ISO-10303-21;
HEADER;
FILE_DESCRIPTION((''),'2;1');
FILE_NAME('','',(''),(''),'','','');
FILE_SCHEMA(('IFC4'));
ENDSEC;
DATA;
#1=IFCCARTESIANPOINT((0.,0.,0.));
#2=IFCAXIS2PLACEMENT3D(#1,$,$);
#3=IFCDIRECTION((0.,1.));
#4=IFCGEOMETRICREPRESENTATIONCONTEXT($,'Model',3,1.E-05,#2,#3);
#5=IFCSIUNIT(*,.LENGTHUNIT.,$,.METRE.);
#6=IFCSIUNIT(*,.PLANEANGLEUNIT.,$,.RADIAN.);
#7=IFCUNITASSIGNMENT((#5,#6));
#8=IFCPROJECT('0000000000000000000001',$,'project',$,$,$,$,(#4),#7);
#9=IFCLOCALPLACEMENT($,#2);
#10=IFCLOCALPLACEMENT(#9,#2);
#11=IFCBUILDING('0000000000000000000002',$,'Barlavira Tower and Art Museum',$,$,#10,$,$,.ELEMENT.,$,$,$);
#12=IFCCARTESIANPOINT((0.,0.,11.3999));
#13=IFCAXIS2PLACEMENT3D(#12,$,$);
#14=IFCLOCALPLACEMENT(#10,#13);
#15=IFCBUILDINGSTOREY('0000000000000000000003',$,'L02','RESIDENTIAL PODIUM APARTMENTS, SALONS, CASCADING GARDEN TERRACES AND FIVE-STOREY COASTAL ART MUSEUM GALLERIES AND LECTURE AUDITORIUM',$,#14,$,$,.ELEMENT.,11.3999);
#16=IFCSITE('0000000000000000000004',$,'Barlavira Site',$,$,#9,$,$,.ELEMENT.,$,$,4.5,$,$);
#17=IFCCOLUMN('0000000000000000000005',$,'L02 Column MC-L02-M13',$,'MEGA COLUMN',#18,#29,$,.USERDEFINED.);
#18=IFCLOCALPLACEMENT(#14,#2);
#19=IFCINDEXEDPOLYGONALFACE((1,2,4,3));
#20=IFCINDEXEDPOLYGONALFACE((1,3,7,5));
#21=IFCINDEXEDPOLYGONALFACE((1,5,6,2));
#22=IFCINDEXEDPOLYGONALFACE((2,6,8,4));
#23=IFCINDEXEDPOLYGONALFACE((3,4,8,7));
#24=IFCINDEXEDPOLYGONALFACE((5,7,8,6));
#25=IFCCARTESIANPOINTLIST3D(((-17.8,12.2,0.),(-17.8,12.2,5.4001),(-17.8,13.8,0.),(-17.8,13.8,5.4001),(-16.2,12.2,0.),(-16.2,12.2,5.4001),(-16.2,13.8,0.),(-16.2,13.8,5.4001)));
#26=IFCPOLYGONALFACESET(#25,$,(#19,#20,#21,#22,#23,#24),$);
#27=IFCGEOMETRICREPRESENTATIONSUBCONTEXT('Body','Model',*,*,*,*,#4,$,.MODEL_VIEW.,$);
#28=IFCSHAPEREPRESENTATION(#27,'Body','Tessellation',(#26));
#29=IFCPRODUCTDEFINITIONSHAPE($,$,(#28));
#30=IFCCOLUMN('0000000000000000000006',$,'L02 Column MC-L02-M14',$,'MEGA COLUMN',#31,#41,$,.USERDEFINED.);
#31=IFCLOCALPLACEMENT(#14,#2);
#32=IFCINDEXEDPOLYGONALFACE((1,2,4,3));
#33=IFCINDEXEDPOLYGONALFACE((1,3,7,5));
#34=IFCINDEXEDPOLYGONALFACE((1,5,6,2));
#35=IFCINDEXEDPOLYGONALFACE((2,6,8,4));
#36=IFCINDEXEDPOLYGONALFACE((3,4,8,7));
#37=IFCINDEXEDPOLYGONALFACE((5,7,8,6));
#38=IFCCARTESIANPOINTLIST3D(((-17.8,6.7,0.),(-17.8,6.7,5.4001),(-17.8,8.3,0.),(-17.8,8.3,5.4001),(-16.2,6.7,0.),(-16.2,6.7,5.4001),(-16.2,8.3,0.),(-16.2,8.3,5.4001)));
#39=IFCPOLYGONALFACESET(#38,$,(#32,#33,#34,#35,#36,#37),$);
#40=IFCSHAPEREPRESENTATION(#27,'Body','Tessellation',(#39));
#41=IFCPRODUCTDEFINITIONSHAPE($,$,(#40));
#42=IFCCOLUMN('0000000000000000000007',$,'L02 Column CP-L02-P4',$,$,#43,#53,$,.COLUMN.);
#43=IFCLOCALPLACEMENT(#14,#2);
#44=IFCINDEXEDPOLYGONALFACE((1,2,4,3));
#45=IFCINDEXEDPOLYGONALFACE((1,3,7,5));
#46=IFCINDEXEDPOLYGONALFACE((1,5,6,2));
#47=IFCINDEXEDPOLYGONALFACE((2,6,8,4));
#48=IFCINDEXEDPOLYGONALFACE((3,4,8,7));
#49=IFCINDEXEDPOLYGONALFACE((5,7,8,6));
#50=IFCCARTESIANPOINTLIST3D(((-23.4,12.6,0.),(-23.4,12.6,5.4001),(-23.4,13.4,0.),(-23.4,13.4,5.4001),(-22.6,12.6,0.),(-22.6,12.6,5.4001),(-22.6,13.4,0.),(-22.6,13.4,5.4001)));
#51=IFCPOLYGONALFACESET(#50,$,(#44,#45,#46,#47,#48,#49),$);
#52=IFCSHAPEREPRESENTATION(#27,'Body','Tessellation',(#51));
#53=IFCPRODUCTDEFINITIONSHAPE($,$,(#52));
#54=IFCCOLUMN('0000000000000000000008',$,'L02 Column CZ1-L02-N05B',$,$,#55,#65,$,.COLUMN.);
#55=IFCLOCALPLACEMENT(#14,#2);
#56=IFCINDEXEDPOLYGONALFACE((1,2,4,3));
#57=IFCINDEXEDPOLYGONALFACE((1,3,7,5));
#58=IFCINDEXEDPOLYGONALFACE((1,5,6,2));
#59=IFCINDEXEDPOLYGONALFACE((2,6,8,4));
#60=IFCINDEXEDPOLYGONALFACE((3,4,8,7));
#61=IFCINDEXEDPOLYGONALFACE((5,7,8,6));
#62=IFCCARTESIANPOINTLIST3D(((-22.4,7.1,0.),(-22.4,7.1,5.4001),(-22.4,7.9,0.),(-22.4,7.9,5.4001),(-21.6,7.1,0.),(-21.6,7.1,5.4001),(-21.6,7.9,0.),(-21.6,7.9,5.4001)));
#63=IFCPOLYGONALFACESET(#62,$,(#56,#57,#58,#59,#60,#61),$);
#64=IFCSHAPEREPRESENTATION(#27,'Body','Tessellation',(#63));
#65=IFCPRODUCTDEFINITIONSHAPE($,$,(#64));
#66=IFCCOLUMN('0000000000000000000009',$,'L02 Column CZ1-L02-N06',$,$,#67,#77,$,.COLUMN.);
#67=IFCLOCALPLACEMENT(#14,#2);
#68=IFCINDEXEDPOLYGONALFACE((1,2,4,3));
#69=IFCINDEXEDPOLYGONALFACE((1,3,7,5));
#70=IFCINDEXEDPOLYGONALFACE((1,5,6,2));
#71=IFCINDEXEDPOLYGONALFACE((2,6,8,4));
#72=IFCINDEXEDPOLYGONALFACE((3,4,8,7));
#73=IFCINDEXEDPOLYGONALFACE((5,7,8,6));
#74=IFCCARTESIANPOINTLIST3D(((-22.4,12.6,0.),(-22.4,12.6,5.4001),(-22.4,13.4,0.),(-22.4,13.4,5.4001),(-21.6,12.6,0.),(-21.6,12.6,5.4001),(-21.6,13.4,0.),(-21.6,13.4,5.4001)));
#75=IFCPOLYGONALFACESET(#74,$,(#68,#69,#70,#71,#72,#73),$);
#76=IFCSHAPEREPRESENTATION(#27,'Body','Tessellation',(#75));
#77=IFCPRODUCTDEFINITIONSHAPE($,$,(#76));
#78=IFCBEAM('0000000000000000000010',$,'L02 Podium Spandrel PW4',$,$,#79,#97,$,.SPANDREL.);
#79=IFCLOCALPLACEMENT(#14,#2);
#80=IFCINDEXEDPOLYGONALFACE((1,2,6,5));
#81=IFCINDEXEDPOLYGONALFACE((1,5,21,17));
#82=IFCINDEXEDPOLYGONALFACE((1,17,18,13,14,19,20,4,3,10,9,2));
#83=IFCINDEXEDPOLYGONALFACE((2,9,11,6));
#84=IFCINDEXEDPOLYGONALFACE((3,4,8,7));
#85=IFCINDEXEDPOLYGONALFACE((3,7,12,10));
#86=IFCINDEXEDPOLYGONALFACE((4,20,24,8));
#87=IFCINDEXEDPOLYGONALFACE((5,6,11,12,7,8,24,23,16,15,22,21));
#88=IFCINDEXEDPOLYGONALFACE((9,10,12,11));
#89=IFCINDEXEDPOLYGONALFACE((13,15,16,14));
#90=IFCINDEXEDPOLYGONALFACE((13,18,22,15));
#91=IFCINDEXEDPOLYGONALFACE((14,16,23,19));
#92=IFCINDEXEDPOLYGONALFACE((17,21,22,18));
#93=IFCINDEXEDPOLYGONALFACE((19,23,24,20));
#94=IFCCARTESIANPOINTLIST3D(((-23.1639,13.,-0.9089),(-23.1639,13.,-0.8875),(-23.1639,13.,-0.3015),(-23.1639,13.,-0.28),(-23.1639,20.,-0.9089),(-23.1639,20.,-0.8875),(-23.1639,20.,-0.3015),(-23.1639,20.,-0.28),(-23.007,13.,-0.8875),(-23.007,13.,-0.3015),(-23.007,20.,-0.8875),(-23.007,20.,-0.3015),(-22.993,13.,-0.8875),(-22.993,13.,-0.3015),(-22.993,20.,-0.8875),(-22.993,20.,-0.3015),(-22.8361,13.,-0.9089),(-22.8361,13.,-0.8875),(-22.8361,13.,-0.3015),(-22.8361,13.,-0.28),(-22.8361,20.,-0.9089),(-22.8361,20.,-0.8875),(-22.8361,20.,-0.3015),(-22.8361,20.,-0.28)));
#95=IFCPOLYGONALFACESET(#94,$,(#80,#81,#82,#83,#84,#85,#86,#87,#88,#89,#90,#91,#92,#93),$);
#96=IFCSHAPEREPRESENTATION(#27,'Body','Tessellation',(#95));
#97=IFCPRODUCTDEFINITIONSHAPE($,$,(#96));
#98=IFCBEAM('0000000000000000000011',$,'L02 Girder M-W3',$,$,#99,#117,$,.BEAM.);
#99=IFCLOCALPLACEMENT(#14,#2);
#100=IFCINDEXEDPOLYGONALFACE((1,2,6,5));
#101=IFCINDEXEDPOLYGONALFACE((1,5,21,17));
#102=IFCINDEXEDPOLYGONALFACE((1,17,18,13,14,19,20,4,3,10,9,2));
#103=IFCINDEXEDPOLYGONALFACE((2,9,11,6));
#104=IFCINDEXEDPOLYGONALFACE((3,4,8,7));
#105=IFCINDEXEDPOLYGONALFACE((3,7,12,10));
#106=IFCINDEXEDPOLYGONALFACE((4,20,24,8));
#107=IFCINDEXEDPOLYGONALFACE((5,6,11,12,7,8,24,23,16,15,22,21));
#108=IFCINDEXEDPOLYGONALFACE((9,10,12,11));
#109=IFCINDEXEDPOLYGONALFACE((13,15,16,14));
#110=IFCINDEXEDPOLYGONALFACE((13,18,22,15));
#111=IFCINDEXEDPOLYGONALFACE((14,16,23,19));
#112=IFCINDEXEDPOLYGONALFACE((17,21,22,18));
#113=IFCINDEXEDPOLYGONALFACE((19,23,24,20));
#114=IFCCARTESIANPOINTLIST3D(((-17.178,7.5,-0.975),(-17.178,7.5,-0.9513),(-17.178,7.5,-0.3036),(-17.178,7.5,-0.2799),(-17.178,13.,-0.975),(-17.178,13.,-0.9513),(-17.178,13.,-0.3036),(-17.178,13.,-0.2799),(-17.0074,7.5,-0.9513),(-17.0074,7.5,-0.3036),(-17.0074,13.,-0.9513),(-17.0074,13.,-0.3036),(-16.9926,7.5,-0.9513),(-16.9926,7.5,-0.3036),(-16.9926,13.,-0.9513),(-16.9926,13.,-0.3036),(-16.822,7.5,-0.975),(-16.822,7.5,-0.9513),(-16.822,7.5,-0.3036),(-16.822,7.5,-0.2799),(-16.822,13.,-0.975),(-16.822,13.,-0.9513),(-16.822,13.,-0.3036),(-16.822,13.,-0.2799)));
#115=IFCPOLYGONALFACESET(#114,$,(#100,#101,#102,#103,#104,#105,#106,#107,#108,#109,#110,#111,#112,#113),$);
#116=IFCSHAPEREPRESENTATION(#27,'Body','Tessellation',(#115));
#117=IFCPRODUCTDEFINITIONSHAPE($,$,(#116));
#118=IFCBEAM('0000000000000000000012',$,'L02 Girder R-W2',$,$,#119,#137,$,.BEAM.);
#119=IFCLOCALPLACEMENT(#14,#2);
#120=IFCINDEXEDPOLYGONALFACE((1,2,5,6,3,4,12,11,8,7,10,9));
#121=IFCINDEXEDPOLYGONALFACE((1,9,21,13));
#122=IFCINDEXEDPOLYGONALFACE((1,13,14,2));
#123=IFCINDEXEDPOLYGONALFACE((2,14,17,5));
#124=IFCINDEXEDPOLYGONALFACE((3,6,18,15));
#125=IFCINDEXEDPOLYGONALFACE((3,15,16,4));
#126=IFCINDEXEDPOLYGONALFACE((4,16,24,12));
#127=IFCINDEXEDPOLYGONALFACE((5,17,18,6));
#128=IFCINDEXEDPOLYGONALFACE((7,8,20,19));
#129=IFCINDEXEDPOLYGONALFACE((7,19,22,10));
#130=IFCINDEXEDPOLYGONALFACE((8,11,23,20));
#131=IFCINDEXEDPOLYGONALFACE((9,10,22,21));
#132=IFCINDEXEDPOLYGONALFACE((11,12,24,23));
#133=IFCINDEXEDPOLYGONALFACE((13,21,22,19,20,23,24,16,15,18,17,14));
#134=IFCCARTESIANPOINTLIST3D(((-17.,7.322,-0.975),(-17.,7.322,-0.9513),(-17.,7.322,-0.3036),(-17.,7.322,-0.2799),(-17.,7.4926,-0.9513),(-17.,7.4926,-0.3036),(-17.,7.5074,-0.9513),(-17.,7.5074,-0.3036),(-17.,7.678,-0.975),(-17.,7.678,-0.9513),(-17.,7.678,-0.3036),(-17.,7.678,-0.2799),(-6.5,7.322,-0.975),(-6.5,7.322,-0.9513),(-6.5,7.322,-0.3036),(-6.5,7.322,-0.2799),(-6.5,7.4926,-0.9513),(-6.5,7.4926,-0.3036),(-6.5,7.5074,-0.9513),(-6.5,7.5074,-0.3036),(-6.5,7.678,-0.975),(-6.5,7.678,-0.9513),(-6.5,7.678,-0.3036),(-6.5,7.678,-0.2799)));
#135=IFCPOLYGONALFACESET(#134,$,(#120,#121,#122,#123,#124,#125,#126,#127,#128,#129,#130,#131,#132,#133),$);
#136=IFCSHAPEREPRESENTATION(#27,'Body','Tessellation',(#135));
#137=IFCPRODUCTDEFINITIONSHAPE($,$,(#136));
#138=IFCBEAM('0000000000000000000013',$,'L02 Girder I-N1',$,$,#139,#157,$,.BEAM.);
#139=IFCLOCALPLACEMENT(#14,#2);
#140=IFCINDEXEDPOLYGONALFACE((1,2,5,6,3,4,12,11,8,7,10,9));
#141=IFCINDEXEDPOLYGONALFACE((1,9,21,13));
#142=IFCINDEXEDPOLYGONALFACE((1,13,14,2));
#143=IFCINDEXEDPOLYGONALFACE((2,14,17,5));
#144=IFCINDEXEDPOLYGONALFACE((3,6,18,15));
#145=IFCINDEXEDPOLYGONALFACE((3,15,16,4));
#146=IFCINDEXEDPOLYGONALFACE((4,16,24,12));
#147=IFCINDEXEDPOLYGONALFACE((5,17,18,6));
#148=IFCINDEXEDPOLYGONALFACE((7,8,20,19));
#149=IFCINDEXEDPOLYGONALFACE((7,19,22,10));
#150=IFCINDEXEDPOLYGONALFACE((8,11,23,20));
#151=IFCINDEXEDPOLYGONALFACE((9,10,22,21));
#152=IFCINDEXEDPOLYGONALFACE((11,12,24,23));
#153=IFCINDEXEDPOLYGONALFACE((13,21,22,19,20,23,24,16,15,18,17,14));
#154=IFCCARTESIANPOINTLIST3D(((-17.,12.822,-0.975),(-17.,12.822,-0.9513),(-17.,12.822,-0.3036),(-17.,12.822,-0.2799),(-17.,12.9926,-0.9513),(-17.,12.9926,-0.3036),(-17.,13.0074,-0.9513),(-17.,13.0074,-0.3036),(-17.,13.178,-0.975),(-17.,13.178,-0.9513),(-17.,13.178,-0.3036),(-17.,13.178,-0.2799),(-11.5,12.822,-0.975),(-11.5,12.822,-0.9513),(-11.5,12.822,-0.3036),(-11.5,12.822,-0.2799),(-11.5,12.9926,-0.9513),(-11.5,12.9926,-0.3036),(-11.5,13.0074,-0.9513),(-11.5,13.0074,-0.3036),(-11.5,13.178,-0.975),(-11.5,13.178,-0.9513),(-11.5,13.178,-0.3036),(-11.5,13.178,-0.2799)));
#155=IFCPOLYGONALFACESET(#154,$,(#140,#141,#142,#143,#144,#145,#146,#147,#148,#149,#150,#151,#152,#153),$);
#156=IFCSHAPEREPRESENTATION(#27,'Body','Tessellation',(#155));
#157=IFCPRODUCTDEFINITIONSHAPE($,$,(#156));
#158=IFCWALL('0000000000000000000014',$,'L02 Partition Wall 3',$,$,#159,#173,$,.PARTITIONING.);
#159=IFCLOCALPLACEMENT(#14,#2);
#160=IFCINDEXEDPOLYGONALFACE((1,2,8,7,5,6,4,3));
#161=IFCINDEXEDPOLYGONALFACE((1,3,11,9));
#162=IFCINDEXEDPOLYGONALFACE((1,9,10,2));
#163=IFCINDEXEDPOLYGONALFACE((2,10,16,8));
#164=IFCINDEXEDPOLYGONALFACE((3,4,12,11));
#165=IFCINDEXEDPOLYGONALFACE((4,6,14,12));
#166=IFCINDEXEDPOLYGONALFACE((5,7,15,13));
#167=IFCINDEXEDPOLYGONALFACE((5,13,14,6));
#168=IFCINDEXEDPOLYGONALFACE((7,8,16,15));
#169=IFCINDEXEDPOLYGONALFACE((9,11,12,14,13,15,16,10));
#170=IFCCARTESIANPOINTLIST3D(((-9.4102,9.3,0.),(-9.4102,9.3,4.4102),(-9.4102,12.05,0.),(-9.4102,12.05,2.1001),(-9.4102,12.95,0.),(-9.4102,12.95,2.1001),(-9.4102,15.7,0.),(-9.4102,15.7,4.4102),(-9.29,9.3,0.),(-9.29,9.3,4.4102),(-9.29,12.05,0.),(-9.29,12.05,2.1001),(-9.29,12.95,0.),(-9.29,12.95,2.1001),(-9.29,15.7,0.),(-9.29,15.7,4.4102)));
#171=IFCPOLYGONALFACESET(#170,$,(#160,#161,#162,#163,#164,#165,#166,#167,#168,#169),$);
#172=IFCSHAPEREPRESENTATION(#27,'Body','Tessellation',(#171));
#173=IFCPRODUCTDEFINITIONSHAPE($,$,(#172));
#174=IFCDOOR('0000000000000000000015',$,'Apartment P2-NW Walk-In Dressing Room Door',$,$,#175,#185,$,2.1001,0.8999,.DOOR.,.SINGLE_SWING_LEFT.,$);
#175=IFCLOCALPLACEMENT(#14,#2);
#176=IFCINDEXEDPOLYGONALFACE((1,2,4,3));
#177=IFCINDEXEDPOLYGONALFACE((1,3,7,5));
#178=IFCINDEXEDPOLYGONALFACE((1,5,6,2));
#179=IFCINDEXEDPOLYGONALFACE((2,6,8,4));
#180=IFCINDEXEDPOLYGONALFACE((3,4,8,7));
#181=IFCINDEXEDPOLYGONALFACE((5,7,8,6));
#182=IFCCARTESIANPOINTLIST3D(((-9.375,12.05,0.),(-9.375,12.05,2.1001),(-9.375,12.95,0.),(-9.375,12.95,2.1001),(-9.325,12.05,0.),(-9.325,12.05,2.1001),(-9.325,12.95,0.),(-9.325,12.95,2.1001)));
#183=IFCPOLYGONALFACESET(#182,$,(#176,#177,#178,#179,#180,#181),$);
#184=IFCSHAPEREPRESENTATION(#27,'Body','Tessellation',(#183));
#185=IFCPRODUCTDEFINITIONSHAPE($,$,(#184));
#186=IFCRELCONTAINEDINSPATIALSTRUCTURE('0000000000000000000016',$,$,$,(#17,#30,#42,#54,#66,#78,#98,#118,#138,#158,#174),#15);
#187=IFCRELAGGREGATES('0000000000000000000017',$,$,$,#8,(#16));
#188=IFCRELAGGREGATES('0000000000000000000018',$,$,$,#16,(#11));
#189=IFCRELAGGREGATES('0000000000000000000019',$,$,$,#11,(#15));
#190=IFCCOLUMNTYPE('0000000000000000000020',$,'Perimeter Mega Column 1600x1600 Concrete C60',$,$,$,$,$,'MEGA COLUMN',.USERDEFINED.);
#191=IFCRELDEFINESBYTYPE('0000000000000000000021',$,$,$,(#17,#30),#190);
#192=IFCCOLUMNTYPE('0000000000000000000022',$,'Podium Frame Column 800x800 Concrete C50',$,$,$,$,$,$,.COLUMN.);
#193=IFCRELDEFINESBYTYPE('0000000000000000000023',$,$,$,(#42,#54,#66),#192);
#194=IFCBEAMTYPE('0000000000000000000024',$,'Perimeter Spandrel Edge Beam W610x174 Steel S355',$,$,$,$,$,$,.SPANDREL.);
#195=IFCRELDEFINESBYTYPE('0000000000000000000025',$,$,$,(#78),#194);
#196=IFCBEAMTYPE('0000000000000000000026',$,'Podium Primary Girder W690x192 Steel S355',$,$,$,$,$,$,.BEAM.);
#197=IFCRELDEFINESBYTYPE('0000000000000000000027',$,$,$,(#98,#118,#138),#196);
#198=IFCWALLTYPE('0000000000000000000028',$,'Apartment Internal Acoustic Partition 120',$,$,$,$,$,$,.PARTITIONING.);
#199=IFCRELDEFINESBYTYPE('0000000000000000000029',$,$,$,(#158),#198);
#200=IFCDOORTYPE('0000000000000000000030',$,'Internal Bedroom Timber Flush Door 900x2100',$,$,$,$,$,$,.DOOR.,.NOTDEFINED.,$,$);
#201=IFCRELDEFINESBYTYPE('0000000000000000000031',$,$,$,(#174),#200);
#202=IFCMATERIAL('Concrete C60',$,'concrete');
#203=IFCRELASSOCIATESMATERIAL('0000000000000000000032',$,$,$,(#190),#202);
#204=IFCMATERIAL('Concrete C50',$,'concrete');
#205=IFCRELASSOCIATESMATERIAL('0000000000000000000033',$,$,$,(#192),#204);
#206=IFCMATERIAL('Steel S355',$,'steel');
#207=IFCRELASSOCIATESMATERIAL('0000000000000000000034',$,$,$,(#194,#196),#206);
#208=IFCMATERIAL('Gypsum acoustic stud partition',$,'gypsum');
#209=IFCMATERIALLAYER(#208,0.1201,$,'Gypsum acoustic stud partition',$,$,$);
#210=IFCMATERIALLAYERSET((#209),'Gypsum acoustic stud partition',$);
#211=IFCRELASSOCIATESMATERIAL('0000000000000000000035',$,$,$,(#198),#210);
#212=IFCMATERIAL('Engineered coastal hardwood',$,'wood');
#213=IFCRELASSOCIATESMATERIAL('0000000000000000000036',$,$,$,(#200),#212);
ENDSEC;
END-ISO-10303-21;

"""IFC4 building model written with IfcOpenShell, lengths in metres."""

from ifc_helpers import new_model, si_unit, direction, frame, frame_2d, origin, origin_2d, place, context, subcontext, project, spatial, rectangle, i_section, extrude, material, layer, layer_set, material_profile, profile_set, type_object, element, fill, save


model = new_model("IFC4")

# Units and contexts
model_context = context("Model", 3, precision=1e-05, world=origin(), true_north=direction((0.0, 1.0)))
body_context = subcontext(model_context, "Body", "Model", "MODEL_VIEW")
ifc_project = project(units=[si_unit("LENGTHUNIT", "METRE"), si_unit("PLANEANGLEUNIT", "RADIAN")], contexts=[model_context])

# Site, building, storey
site_placement = place(None, origin())
site = spatial("IfcSite", under=ifc_project, at=site_placement, Name="Barlavira Site", CompositionType="ELEMENT", RefElevation=4.5)
building_placement = place(site_placement, origin())
building = spatial("IfcBuilding", under=site, at=building_placement, Name="Barlavira Tower and Art Museum", CompositionType="ELEMENT")
storey_placement = place(building_placement, frame((0.0, 0.0, 11.3999)))
storey = spatial("IfcBuildingStorey", under=building, at=storey_placement, Name="L02", Description="RESIDENTIAL PODIUM APARTMENTS, SALONS, CASCADING GARDEN TERRACES AND FIVE-STOREY COASTAL ART MUSEUM GALLERIES AND LECTURE AUDITORIUM", CompositionType="ELEMENT", Elevation=11.3999)

# Columns
ifc_material_1 = material(Name="Concrete C60", Category="concrete")
ifc_material_profile_1 = material_profile(ifc_material_1, rectangle(XDim=1.6001, YDim=1.6001, at=origin_2d()), Name="RC-MCOL 1600x1600")
ifc_profile_set_1 = profile_set([ifc_material_profile_1], Name="Concrete C60")
column_type_1 = type_object("IfcColumnType", Name="Perimeter Mega Column 1600x1600 Concrete C60", ElementType="MEGA COLUMN", PredefinedType="USERDEFINED", material=ifc_profile_set_1)
for number, where, z_axis, x_axis, name in (
    (1, (-17.0, 13.0, 0.0), (0.0, 0.0, 1.0), (1.0, 0.0, 0.0), "L02 Column MC-L02-M13"),
    (2, (-17.0, 7.5, 0.0), (0.0, 0.0, 1.0), (1.0, 0.0, 0.0), "L02 Column MC-L02-M14"),
):
    element("IfcColumn", number, at=place(storey_placement, frame(where, z_axis=z_axis, x_axis=x_axis)), inside=storey, type_object=column_type_1, Name=name, ObjectType="MEGA COLUMN", PredefinedType="USERDEFINED", context=body_context, shape_type="SweptSolid", body=[
        extrude(rectangle(XDim=1.6001, YDim=1.6001, at=origin_2d()), origin(), (0.0, 0.0, 1.0), 5.4001),
    ])
ifc_material_2 = material(Name="Concrete C50", Category="concrete")
ifc_material_profile_2 = material_profile(ifc_material_2, rectangle(XDim=0.8, YDim=0.8, at=origin_2d()), Name="RC-COL 800x800")
ifc_profile_set_2 = profile_set([ifc_material_profile_2], Name="Concrete C50")
column_type_2 = type_object("IfcColumnType", Name="Podium Frame Column 800x800 Concrete C50", PredefinedType="COLUMN", material=ifc_profile_set_2)
for number, where, z_axis, x_axis, name in (
    (3, (-23.0, 13.0, 0.0), (0.0, 0.0, 1.0), (1.0, 0.0, 0.0), "L02 Column CP-L02-P4"),
    (4, (-22.0, 7.5, 0.0), (0.0, 0.0, 1.0), (1.0, 0.0, 0.0), "L02 Column CZ1-L02-N05B"),
    (5, (-22.0, 13.0, 0.0), (0.0, 0.0, 1.0), (1.0, 0.0, 0.0), "L02 Column CZ1-L02-N06"),
):
    element("IfcColumn", number, at=place(storey_placement, frame(where, z_axis=z_axis, x_axis=x_axis)), inside=storey, type_object=column_type_2, Name=name, PredefinedType="COLUMN", context=body_context, shape_type="SweptSolid", body=[
        extrude(rectangle(XDim=0.8, YDim=0.8, at=origin_2d()), origin(), (0.0, 0.0, 1.0), 5.4001),
    ])

# Beams
ifc_material_3 = material(Name="Steel S355", Category="steel")
ifc_material_profile_3 = material_profile(ifc_material_3, i_section(OverallWidth=0.3279, OverallDepth=0.6289, WebThickness=0.0139, FlangeThickness=0.0215, at=origin_2d()), Name="W610x174.0")
ifc_profile_set_3 = profile_set([ifc_material_profile_3], Name="Steel S355")
beam_type_1 = type_object("IfcBeamType", Name="Perimeter Spandrel Edge Beam W610x174 Steel S355", PredefinedType="SPANDREL", material=ifc_profile_set_3)
beam_1_placement = place(storey_placement, frame((-23.0, 13.0, -0.5945), z_axis=(0.0, 1.0, 0.0), x_axis=(-1.0, 0.0, 0.0)))
element("IfcBeam", 6, at=beam_1_placement, inside=storey, type_object=beam_type_1, Name="L02 Podium Spandrel PW4", PredefinedType="SPANDREL", context=body_context, shape_type="SweptSolid", body=[
    extrude(i_section(OverallWidth=0.3279, OverallDepth=0.6289, WebThickness=0.0139, FlangeThickness=0.0215, at=origin_2d()), origin(), (0.0, 0.0, 1.0), 7.0),
])
ifc_material_profile_4 = material_profile(ifc_material_3, i_section(OverallWidth=0.356, OverallDepth=0.6951, WebThickness=0.0149, FlangeThickness=0.0237, at=origin_2d()), Name="W690x192.0")
ifc_profile_set_4 = profile_set([ifc_material_profile_4], Name="Steel S355")
beam_type_2 = type_object("IfcBeamType", Name="Podium Primary Girder W690x192 Steel S355", PredefinedType="BEAM", material=ifc_profile_set_4)
beam_2_placement = place(storey_placement, frame((-17.0, 7.5, -0.6274), z_axis=(0.0, 1.0, 0.0), x_axis=(-1.0, 0.0, 0.0)))
element("IfcBeam", 7, at=beam_2_placement, inside=storey, type_object=beam_type_2, Name="L02 Girder M-W3", PredefinedType="BEAM", context=body_context, shape_type="SweptSolid", body=[
    extrude(i_section(OverallWidth=0.356, OverallDepth=0.6951, WebThickness=0.0149, FlangeThickness=0.0237, at=origin_2d()), origin(), (0.0, 0.0, 1.0), 5.5),
])
beam_3_placement = place(storey_placement, frame((-17.0, 7.5, -0.6274), z_axis=(1.0, 0.0, 0.0), x_axis=(0.0, 1.0, 0.0)))
element("IfcBeam", 8, at=beam_3_placement, inside=storey, type_object=beam_type_2, Name="L02 Girder R-W2", PredefinedType="BEAM", context=body_context, shape_type="SweptSolid", body=[
    extrude(i_section(OverallWidth=0.356, OverallDepth=0.6951, WebThickness=0.0149, FlangeThickness=0.0237, at=origin_2d()), origin(), (0.0, 0.0, 1.0), 10.5),
])
beam_4_placement = place(storey_placement, frame((-17.0, 13.0, -0.6274), z_axis=(1.0, 0.0, 0.0), x_axis=(0.0, 1.0, 0.0)))
element("IfcBeam", 9, at=beam_4_placement, inside=storey, type_object=beam_type_2, Name="L02 Girder I-N1", PredefinedType="BEAM", context=body_context, shape_type="SweptSolid", body=[
    extrude(i_section(OverallWidth=0.356, OverallDepth=0.6951, WebThickness=0.0149, FlangeThickness=0.0237, at=origin_2d()), origin(), (0.0, 0.0, 1.0), 5.5),
])

# Wall, opening, door
ifc_material_4 = material(Name="Gypsum acoustic stud partition", Category="gypsum")
ifc_layer_1 = layer(ifc_material_4, 0.1201, Name="Gypsum acoustic stud partition")
ifc_layer_set_1 = layer_set([ifc_layer_1], Name="Gypsum acoustic stud partition")
wall_type_1 = type_object("IfcWallType", Name="Apartment Internal Acoustic Partition 120", PredefinedType="PARTITIONING", material=ifc_layer_set_1)
wall_1_placement = place(storey_placement, frame((-9.3501, 9.3, 0.0), z_axis=(0.0, 0.0, 1.0), x_axis=(0.0, 1.0, 0.0)))
wall_1 = element("IfcWall", 10, at=wall_1_placement, inside=storey, type_object=wall_type_1, Name="L02 Partition Wall 3", PredefinedType="PARTITIONING", context=body_context, shape_type="SweptSolid", body=[
    extrude(rectangle(XDim=6.3999, YDim=0.1201, at=frame_2d((3.2, 0.0))), origin(), (0.0, 0.0, 1.0), 4.4102),
])
opening_1_placement = place(wall_1_placement, frame((2.75, 0.0, 0.0)))
opening_1 = element("IfcOpeningElement", 11, at=opening_1_placement, cuts=wall_1, PredefinedType="OPENING", context=body_context, shape_type="SweptSolid", body=[
    extrude(rectangle(XDim=0.8999, YDim=2.1001, at=frame_2d((0.45, 1.05))), frame((0.0, 0.0701, 0.0), z_axis=(0.0, -1.0, 0.0), x_axis=(1.0, 0.0, 0.0)), (0.0, 0.0, 1.0), 0.1401),
])
ifc_material_5 = material(Name="Engineered coastal hardwood", Category="wood")
door_type_1 = type_object("IfcDoorType", Name="Internal Bedroom Timber Flush Door 900x2100", OperationType="NOTDEFINED", PredefinedType="DOOR", material=ifc_material_5)
door_1_placement = place(opening_1_placement, origin())
door_1 = element("IfcDoor", 12, at=door_1_placement, inside=storey, type_object=door_type_1, Name="Apartment P2-NW Walk-In Dressing Room Door", OperationType="SINGLE_SWING_LEFT", OverallHeight=2.1001, OverallWidth=0.8999, PredefinedType="DOOR", context=body_context, shape_type="SweptSolid", body=[
    extrude(rectangle(XDim=0.8999, YDim=2.1001, at=frame_2d((0.45, 1.05))), frame((0.0, 0.0249, 0.0), z_axis=(0.0, -1.0, 0.0), x_axis=(1.0, 0.0, 0.0)), (0.0, 0.0, 1.0), 0.05),
])
fill(opening_1, door_1)

save(model, "model.ifc")
